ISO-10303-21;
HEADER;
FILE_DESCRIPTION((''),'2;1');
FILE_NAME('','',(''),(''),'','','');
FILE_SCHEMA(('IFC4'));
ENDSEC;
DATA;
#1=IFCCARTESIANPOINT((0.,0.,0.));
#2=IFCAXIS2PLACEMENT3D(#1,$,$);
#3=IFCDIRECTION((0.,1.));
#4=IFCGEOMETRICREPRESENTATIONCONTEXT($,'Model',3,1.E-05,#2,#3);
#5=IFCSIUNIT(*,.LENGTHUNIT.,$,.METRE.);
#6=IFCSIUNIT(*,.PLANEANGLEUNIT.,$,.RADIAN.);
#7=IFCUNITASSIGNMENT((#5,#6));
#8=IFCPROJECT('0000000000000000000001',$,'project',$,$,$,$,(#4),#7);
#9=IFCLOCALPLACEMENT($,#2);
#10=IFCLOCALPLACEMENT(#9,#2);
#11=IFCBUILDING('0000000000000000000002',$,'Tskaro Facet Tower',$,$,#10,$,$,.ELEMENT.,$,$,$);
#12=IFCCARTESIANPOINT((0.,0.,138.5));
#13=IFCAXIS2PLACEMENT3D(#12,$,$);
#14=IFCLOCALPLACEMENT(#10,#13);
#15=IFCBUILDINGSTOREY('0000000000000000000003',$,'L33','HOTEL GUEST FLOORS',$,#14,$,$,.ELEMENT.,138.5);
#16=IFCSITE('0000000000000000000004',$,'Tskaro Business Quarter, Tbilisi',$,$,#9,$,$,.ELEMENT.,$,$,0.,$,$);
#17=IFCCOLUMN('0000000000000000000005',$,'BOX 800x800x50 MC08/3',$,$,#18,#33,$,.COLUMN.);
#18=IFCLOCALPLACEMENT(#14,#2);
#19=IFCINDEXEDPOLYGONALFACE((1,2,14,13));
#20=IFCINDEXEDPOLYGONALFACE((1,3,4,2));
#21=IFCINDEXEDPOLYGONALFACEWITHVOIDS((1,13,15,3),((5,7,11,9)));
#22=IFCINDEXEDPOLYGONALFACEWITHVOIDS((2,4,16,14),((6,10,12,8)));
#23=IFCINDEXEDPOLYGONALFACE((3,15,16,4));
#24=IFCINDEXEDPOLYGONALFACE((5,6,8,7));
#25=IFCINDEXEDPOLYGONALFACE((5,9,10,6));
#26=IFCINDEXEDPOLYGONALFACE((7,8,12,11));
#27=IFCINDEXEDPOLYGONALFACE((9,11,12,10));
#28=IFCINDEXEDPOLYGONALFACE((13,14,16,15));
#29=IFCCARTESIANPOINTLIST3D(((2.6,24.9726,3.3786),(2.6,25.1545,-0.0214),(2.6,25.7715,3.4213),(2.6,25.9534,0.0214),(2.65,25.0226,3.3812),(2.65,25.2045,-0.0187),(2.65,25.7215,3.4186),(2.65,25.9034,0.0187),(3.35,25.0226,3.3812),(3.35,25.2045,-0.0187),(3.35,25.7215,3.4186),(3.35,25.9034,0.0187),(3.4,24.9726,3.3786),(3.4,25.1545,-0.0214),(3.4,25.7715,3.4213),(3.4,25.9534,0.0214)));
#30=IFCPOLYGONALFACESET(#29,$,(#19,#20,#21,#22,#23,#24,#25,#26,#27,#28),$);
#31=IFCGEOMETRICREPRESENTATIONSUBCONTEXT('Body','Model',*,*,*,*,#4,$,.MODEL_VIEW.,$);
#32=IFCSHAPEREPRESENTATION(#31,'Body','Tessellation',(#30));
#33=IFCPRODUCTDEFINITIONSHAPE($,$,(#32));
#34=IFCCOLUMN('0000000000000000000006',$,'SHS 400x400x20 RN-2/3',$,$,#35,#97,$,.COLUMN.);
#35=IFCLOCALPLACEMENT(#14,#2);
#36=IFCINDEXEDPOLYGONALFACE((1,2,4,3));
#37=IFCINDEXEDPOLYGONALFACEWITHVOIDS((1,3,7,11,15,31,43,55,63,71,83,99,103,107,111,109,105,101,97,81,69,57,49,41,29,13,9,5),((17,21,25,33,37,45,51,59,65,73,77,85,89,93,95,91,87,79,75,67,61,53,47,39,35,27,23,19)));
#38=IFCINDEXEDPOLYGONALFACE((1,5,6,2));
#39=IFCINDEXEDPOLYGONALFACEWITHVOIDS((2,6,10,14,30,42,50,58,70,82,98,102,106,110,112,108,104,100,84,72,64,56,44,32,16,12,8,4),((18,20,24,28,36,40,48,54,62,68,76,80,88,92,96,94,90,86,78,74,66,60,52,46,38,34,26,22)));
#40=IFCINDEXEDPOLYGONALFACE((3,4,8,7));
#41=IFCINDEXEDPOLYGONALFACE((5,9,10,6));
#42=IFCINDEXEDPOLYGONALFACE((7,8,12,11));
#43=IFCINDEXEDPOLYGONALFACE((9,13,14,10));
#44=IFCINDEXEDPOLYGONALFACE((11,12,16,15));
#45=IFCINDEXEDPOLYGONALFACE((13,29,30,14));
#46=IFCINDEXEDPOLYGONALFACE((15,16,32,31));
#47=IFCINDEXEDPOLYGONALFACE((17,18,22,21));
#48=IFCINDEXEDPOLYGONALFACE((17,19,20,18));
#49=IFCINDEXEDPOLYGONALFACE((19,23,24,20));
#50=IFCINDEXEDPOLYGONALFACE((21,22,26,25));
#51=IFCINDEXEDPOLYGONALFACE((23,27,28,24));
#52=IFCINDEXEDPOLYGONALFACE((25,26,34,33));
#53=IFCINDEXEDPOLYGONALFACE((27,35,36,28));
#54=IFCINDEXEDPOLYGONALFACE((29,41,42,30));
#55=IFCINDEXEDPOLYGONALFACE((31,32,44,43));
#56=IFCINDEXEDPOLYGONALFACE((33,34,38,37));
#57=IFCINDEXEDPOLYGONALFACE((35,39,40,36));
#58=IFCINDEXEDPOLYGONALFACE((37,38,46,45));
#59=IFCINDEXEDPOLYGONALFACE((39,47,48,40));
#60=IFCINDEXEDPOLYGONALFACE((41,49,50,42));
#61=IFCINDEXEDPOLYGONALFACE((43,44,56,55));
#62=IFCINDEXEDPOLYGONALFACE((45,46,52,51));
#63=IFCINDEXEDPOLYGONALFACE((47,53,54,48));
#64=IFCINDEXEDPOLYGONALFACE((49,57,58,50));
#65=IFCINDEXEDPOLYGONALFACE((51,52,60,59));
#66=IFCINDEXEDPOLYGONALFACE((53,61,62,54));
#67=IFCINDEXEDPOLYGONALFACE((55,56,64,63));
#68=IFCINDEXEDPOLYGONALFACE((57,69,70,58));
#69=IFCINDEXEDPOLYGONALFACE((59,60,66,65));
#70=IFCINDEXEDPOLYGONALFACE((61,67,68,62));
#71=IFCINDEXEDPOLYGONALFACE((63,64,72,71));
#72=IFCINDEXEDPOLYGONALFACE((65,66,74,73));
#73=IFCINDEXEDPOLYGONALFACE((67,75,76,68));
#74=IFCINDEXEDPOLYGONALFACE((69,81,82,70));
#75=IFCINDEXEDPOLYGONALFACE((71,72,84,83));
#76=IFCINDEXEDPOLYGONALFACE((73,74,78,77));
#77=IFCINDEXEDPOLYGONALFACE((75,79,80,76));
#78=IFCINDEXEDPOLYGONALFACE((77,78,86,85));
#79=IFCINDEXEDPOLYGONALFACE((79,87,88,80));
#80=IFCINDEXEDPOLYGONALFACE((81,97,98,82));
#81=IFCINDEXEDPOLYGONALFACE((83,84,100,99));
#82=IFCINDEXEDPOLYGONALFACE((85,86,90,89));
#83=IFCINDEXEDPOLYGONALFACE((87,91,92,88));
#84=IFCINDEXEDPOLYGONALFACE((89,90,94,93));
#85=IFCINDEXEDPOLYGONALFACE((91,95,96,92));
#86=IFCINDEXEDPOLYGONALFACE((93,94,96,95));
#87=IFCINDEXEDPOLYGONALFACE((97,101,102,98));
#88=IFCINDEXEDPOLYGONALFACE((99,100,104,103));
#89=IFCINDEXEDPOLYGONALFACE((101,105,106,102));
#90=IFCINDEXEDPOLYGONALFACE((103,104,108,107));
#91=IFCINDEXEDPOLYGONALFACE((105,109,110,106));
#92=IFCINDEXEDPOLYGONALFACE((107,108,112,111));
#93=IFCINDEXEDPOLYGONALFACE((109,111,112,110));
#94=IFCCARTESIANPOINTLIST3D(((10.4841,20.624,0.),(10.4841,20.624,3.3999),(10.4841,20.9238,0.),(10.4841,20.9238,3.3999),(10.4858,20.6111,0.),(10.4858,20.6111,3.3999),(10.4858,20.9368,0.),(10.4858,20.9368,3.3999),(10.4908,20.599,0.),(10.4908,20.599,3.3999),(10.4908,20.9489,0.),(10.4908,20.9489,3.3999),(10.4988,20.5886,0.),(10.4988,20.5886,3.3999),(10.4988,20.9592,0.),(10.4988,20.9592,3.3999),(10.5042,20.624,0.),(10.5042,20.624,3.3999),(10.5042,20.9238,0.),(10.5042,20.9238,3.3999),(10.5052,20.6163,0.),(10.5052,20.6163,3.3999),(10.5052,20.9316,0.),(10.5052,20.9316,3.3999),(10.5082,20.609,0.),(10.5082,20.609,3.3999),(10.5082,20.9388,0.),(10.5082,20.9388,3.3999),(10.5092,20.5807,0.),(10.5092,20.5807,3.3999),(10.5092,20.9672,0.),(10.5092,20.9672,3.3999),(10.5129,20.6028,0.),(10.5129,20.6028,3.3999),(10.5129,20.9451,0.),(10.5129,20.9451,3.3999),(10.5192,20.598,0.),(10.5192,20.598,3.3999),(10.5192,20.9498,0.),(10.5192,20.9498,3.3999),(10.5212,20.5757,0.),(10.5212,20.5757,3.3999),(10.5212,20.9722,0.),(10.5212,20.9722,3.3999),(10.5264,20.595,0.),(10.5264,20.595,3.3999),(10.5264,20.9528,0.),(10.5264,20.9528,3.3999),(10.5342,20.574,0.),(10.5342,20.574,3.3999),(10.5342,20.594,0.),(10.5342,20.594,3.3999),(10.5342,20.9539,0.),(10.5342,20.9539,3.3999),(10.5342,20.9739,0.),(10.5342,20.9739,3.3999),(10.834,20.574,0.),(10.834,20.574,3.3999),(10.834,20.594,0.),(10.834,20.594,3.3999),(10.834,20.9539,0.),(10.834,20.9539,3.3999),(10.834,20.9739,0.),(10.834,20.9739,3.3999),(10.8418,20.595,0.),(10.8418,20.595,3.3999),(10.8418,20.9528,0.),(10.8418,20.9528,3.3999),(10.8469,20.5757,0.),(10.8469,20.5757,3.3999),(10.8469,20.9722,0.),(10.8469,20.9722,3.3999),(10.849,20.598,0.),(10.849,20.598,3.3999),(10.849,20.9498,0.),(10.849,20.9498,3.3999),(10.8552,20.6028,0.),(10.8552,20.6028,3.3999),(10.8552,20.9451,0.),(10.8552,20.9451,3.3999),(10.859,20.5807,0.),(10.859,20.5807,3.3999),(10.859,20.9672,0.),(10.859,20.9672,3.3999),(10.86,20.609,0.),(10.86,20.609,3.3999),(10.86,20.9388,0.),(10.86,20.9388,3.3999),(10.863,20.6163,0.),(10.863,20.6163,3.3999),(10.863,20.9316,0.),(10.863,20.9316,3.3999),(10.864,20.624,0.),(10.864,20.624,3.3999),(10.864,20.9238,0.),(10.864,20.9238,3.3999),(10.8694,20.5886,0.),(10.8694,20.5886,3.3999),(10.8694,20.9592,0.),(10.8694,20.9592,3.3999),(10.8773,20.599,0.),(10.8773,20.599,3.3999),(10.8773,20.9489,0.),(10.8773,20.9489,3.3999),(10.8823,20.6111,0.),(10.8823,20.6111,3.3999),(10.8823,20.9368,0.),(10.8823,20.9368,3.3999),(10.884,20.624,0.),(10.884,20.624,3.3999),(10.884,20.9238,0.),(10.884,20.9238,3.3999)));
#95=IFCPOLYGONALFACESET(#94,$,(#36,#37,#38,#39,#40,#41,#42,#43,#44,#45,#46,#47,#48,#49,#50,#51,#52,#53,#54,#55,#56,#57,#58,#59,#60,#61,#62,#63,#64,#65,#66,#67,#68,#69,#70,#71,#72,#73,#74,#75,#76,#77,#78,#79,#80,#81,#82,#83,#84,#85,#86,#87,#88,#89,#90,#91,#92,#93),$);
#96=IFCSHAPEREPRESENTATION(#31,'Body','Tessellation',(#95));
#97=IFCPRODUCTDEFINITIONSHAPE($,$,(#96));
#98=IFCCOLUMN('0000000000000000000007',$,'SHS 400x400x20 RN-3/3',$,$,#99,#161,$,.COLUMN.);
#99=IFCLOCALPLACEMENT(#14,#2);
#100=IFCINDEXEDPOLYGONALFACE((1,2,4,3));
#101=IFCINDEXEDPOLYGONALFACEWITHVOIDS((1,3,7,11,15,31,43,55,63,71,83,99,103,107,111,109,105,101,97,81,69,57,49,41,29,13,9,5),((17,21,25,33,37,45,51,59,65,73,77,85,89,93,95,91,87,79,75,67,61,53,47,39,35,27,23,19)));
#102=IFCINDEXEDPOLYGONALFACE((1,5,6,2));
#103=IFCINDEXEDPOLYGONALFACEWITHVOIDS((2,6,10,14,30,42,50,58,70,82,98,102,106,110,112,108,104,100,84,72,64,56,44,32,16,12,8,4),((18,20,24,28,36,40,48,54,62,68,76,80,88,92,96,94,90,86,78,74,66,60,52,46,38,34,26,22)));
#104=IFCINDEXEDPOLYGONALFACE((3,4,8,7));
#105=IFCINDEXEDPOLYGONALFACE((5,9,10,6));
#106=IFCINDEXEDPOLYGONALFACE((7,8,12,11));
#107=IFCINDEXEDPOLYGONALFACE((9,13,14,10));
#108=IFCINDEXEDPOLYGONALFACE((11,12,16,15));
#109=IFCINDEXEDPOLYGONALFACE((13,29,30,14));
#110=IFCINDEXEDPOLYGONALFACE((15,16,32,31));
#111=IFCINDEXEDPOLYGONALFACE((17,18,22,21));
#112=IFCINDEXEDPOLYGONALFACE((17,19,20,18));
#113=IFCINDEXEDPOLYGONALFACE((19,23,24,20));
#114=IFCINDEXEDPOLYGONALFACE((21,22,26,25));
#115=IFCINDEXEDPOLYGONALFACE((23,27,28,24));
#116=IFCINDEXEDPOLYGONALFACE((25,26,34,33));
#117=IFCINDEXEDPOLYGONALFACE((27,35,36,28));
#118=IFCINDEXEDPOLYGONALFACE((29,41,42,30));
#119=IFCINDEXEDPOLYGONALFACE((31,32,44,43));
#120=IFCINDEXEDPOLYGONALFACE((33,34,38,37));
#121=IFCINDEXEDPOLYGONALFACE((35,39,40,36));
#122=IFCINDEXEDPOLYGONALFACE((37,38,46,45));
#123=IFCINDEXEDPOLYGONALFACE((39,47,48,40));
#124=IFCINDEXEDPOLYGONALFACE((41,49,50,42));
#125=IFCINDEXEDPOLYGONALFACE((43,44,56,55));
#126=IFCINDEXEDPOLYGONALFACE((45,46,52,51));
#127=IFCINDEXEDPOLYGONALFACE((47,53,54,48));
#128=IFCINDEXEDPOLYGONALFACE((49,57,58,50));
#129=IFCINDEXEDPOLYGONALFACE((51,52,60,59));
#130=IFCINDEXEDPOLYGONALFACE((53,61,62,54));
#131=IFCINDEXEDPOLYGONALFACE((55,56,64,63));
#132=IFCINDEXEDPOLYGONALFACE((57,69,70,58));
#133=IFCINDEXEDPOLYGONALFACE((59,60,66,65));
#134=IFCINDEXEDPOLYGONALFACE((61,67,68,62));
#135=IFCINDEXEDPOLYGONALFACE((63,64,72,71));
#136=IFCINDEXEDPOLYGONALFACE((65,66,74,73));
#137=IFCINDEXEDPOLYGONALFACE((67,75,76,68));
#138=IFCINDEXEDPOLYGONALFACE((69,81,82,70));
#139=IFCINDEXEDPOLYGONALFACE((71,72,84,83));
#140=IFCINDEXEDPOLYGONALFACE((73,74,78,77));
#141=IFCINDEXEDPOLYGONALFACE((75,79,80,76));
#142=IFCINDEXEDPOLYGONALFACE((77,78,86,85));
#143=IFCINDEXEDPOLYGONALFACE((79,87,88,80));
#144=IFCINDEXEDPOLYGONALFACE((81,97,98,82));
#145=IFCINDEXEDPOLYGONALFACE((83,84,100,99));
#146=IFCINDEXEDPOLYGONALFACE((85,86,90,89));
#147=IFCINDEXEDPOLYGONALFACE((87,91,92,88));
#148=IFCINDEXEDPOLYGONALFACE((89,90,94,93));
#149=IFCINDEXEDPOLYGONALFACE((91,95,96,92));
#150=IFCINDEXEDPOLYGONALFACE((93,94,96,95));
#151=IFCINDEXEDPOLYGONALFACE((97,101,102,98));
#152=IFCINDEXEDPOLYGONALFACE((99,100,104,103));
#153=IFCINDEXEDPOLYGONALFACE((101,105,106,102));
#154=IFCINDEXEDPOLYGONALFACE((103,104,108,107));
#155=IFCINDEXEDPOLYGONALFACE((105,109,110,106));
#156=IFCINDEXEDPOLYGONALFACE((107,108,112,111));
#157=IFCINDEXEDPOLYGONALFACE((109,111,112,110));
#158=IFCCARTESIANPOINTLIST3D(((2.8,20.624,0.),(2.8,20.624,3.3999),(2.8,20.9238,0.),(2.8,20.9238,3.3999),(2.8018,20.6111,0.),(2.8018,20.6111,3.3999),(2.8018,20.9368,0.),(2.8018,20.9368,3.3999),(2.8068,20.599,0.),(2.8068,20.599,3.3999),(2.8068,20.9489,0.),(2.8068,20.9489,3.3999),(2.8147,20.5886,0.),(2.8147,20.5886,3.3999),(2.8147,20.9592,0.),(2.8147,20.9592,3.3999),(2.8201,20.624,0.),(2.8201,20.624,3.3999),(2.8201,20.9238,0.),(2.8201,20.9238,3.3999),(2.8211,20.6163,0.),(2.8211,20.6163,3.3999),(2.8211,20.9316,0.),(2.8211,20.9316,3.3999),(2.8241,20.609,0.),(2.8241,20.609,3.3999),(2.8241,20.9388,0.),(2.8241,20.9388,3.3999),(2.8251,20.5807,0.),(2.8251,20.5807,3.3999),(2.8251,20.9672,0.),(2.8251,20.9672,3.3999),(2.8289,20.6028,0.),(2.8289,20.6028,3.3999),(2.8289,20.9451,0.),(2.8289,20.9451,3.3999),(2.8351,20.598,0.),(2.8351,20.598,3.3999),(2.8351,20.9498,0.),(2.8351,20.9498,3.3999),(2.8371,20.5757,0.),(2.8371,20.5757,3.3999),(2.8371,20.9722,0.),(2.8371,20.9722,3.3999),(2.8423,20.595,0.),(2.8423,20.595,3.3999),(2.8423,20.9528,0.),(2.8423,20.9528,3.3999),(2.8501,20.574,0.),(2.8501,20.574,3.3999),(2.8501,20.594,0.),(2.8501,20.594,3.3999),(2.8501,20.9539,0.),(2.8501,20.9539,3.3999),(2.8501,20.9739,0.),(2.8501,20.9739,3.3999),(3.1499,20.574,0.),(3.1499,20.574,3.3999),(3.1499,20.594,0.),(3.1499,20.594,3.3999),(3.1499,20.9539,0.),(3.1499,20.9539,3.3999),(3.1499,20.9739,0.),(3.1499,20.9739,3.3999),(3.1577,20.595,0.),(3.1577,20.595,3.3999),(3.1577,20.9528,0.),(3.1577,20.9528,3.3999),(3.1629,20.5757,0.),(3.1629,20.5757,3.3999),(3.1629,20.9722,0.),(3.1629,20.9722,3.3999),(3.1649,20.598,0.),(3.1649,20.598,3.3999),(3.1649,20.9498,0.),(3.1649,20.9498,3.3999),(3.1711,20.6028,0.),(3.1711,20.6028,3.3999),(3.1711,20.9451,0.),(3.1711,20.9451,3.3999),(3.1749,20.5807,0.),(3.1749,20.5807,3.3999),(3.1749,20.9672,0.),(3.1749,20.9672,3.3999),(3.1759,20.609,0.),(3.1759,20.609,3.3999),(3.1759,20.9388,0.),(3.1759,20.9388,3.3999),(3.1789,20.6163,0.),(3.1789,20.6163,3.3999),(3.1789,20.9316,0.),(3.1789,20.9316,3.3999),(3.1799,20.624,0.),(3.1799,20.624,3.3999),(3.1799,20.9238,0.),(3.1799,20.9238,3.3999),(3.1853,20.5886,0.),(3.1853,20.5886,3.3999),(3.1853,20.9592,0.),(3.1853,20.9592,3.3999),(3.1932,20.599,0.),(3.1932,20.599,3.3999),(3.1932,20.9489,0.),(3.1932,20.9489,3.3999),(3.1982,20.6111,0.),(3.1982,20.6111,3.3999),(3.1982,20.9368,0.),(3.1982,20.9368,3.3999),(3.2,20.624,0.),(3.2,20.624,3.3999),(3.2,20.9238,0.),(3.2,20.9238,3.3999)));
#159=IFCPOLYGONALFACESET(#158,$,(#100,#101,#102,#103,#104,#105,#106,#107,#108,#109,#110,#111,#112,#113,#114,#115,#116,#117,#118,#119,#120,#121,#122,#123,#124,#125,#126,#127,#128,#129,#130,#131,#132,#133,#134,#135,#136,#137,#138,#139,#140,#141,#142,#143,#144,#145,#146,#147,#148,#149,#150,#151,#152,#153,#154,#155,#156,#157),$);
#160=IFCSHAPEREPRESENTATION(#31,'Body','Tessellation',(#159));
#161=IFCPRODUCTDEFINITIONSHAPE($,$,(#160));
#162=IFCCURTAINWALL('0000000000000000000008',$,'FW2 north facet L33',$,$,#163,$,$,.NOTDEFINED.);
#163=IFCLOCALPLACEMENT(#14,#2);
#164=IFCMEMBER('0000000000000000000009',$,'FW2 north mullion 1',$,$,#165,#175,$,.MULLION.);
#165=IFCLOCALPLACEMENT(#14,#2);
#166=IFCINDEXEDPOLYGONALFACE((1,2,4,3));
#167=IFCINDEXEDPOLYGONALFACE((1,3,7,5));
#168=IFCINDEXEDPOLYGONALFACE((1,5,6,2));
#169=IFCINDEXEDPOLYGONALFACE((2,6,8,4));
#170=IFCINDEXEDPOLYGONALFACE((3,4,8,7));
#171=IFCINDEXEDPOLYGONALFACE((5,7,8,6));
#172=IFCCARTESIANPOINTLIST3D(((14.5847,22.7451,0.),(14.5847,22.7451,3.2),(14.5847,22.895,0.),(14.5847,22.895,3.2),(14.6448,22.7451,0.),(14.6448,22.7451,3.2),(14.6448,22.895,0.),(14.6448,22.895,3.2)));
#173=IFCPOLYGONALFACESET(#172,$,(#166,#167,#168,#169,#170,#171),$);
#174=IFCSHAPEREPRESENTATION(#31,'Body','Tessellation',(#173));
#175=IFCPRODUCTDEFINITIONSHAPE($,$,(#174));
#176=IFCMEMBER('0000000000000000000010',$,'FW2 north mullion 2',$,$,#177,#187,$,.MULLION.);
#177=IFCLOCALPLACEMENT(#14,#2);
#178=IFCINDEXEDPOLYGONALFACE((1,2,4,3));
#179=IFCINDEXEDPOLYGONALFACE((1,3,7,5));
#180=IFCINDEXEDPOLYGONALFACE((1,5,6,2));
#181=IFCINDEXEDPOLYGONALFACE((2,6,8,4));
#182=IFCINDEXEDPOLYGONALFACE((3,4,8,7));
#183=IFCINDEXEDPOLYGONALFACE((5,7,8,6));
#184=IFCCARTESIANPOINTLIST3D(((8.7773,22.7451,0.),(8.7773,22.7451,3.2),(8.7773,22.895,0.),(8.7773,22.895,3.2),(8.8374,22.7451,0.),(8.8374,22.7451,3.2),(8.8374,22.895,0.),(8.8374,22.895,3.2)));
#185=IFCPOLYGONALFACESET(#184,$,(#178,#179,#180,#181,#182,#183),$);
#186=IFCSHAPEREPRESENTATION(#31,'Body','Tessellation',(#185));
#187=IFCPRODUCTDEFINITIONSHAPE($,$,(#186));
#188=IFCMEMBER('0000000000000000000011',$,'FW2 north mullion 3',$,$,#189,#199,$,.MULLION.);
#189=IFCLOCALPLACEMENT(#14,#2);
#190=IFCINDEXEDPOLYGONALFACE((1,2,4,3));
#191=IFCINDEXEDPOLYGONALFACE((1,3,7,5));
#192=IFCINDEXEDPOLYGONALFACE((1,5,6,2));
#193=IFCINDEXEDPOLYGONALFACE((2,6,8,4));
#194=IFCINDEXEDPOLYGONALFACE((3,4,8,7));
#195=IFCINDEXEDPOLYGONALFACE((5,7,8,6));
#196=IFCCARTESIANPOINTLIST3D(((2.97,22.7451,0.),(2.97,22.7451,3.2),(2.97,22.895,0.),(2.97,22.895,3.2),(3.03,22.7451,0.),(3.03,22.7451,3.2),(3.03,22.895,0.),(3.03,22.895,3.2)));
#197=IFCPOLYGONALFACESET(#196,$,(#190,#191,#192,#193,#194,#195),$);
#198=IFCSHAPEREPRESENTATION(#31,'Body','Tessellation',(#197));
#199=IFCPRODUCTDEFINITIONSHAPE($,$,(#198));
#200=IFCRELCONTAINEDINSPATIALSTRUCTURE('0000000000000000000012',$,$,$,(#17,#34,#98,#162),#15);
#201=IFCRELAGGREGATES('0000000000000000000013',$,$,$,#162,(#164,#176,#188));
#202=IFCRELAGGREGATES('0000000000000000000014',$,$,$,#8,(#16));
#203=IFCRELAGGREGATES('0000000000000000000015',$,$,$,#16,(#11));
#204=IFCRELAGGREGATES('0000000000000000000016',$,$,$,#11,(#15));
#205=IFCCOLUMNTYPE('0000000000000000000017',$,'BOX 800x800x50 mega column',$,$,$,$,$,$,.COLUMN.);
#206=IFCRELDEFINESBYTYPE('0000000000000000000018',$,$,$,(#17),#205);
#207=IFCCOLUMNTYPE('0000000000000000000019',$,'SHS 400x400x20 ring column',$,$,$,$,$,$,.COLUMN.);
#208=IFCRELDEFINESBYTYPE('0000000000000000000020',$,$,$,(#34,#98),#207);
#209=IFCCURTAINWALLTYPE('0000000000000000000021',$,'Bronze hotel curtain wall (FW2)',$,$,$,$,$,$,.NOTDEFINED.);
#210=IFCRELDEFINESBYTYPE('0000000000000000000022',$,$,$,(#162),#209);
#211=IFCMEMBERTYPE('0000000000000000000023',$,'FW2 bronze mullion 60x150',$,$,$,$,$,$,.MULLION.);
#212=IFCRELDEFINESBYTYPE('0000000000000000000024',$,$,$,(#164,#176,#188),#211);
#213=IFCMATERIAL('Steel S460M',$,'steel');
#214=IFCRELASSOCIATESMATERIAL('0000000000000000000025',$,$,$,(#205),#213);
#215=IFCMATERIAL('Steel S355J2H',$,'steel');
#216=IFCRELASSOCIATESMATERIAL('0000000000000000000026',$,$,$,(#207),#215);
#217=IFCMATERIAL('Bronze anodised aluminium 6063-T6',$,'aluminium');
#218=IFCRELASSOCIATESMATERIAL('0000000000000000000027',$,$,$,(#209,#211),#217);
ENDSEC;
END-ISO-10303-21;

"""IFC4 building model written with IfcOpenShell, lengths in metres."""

from ifc_helpers import new_model, si_unit, direction, frame, origin, origin_2d, place, context, subcontext, project, spatial, rectangle, hollow_rectangle, extrude, material, material_profile, profile_set, type_object, element, aggregate, save


model = new_model("IFC4")

# Units and contexts
model_context = context("Model", 3, precision=1e-05, world=origin(), true_north=direction((0.0, 1.0)))
body_context = subcontext(model_context, "Body", "Model", "MODEL_VIEW")
ifc_project = project(units=[si_unit("LENGTHUNIT", "METRE"), si_unit("PLANEANGLEUNIT", "RADIAN")], contexts=[model_context])

# Site, building, storey
site_placement = place(None, origin())
site = spatial("IfcSite", under=ifc_project, at=site_placement, Name="Tskaro Business Quarter, Tbilisi", CompositionType="ELEMENT", RefElevation=0.0)
building_placement = place(site_placement, origin())
building = spatial("IfcBuilding", under=site, at=building_placement, Name="Tskaro Facet Tower", CompositionType="ELEMENT")
storey_placement = place(building_placement, frame((0.0, 0.0, 138.5)))
storey = spatial("IfcBuildingStorey", under=building, at=storey_placement, Name="L33", Description="HOTEL GUEST FLOORS", CompositionType="ELEMENT", Elevation=138.5)

# Columns
ifc_material_1 = material(Name="Steel S460M", Category="steel")
ifc_material_profile_1 = material_profile(ifc_material_1, hollow_rectangle(XDim=0.8, YDim=0.8, WallThickness=0.05, at=origin_2d()), Name="BOX 800x800x50")
ifc_profile_set_1 = profile_set([ifc_material_profile_1], Name="Steel S460M")
column_type_1 = type_object("IfcColumnType", Name="BOX 800x800x50 mega column", PredefinedType="COLUMN", material=ifc_profile_set_1)
column_placement = place(storey_placement, frame((3.0, 25.554, 0.0), z_axis=(0.0, -0.053421, 0.998572), x_axis=(1.0, 0.0, 0.0)))
element("IfcColumn", 1, at=column_placement, inside=storey, type_object=column_type_1, Name="BOX 800x800x50 MC08/3", PredefinedType="COLUMN", context=body_context, shape_type="SweptSolid", body=[
    extrude(hollow_rectangle(XDim=0.8, YDim=0.8, WallThickness=0.05, at=origin_2d()), origin(), (0.0, 0.0, 1.0), 3.4048),
])
ifc_material_2 = material(Name="Steel S355J2H", Category="steel")
ifc_material_profile_2 = material_profile(ifc_material_2, hollow_rectangle(XDim=0.3999, YDim=0.3999, WallThickness=0.02, InnerFilletRadius=0.03, OuterFilletRadius=0.05, at=origin_2d()), Name="SHS 400x400x20")
ifc_profile_set_2 = profile_set([ifc_material_profile_2], Name="Steel S355J2H")
column_type_2 = type_object("IfcColumnType", Name="SHS 400x400x20 ring column", PredefinedType="COLUMN", material=ifc_profile_set_2)
for number, where, z_axis, x_axis, name in (
    (2, (10.6841, 20.7739, 0.0), (0.0, 0.0, 1.0), (1.0, 0.0, 0.0), "SHS 400x400x20 RN-2/3"),
    (3, (3.0, 20.7739, 0.0), (0.0, 0.0, 1.0), (1.0, 0.0, 0.0), "SHS 400x400x20 RN-3/3"),
):
    element("IfcColumn", number, at=place(storey_placement, frame(where, z_axis=z_axis, x_axis=x_axis)), inside=storey, type_object=column_type_2, Name=name, PredefinedType="COLUMN", context=body_context, shape_type="SweptSolid", body=[
        extrude(hollow_rectangle(XDim=0.3999, YDim=0.3999, WallThickness=0.02, InnerFilletRadius=0.03, OuterFilletRadius=0.05, at=origin_2d()), origin(), (0.0, 0.0, 1.0), 3.3999),
    ])

# Curtain wall, members
ifc_material_3 = material(Name="Bronze anodised aluminium 6063-T6", Category="aluminium")
curtain_wall_type = type_object("IfcCurtainWallType", Name="Bronze hotel curtain wall (FW2)", PredefinedType="NOTDEFINED", material=ifc_material_3)
curtain_wall_placement = place(storey_placement, origin())
curtain_wall = element("IfcCurtainWall", 4, at=curtain_wall_placement, inside=storey, type_object=curtain_wall_type, Name="FW2 north facet L33", PredefinedType="NOTDEFINED")
ifc_material_profile_3 = material_profile(ifc_material_3, rectangle(XDim=0.0601, YDim=0.1499, at=origin_2d()), Name="Mullion 60x150")
ifc_profile_set_3 = profile_set([ifc_material_profile_3], Name="Bronze anodised aluminium 6063-T6")
member_type_1 = type_object("IfcMemberType", Name="FW2 bronze mullion 60x150", PredefinedType="MULLION", material=ifc_profile_set_3)
member_1_placement = place(storey_placement, frame((14.6147, 22.8201, 0.0), z_axis=(0.0, 0.0, 1.0), x_axis=(-1.0, 0.0, 0.0)))
member_1 = element("IfcMember", 5, at=member_1_placement, type_object=member_type_1, Name="FW2 north mullion 1", PredefinedType="MULLION", context=body_context, shape_type="SweptSolid", body=[
    extrude(rectangle(XDim=0.0601, YDim=0.1499, at=origin_2d()), origin(), (0.0, 0.0, 1.0), 3.2),
])
member_2_placement = place(storey_placement, frame((8.8074, 22.8201, 0.0), z_axis=(0.0, 0.0, 1.0), x_axis=(-1.0, 0.0, 0.0)))
member_2 = element("IfcMember", 6, at=member_2_placement, type_object=member_type_1, Name="FW2 north mullion 2", PredefinedType="MULLION", context=body_context, shape_type="SweptSolid", body=[
    extrude(rectangle(XDim=0.0601, YDim=0.1499, at=origin_2d()), origin(), (0.0, 0.0, 1.0), 3.2),
])
member_3_placement = place(storey_placement, frame((3.0, 22.8201, 0.0), z_axis=(0.0, 0.0, 1.0), x_axis=(-1.0, 0.0, 0.0)))
member_3 = element("IfcMember", 7, at=member_3_placement, type_object=member_type_1, Name="FW2 north mullion 3", PredefinedType="MULLION", context=body_context, shape_type="SweptSolid", body=[
    extrude(rectangle(XDim=0.0601, YDim=0.1499, at=origin_2d()), origin(), (0.0, 0.0, 1.0), 3.2),
])

aggregate(curtain_wall, [member_1, member_2, member_3])

save(model, "model.ifc")
